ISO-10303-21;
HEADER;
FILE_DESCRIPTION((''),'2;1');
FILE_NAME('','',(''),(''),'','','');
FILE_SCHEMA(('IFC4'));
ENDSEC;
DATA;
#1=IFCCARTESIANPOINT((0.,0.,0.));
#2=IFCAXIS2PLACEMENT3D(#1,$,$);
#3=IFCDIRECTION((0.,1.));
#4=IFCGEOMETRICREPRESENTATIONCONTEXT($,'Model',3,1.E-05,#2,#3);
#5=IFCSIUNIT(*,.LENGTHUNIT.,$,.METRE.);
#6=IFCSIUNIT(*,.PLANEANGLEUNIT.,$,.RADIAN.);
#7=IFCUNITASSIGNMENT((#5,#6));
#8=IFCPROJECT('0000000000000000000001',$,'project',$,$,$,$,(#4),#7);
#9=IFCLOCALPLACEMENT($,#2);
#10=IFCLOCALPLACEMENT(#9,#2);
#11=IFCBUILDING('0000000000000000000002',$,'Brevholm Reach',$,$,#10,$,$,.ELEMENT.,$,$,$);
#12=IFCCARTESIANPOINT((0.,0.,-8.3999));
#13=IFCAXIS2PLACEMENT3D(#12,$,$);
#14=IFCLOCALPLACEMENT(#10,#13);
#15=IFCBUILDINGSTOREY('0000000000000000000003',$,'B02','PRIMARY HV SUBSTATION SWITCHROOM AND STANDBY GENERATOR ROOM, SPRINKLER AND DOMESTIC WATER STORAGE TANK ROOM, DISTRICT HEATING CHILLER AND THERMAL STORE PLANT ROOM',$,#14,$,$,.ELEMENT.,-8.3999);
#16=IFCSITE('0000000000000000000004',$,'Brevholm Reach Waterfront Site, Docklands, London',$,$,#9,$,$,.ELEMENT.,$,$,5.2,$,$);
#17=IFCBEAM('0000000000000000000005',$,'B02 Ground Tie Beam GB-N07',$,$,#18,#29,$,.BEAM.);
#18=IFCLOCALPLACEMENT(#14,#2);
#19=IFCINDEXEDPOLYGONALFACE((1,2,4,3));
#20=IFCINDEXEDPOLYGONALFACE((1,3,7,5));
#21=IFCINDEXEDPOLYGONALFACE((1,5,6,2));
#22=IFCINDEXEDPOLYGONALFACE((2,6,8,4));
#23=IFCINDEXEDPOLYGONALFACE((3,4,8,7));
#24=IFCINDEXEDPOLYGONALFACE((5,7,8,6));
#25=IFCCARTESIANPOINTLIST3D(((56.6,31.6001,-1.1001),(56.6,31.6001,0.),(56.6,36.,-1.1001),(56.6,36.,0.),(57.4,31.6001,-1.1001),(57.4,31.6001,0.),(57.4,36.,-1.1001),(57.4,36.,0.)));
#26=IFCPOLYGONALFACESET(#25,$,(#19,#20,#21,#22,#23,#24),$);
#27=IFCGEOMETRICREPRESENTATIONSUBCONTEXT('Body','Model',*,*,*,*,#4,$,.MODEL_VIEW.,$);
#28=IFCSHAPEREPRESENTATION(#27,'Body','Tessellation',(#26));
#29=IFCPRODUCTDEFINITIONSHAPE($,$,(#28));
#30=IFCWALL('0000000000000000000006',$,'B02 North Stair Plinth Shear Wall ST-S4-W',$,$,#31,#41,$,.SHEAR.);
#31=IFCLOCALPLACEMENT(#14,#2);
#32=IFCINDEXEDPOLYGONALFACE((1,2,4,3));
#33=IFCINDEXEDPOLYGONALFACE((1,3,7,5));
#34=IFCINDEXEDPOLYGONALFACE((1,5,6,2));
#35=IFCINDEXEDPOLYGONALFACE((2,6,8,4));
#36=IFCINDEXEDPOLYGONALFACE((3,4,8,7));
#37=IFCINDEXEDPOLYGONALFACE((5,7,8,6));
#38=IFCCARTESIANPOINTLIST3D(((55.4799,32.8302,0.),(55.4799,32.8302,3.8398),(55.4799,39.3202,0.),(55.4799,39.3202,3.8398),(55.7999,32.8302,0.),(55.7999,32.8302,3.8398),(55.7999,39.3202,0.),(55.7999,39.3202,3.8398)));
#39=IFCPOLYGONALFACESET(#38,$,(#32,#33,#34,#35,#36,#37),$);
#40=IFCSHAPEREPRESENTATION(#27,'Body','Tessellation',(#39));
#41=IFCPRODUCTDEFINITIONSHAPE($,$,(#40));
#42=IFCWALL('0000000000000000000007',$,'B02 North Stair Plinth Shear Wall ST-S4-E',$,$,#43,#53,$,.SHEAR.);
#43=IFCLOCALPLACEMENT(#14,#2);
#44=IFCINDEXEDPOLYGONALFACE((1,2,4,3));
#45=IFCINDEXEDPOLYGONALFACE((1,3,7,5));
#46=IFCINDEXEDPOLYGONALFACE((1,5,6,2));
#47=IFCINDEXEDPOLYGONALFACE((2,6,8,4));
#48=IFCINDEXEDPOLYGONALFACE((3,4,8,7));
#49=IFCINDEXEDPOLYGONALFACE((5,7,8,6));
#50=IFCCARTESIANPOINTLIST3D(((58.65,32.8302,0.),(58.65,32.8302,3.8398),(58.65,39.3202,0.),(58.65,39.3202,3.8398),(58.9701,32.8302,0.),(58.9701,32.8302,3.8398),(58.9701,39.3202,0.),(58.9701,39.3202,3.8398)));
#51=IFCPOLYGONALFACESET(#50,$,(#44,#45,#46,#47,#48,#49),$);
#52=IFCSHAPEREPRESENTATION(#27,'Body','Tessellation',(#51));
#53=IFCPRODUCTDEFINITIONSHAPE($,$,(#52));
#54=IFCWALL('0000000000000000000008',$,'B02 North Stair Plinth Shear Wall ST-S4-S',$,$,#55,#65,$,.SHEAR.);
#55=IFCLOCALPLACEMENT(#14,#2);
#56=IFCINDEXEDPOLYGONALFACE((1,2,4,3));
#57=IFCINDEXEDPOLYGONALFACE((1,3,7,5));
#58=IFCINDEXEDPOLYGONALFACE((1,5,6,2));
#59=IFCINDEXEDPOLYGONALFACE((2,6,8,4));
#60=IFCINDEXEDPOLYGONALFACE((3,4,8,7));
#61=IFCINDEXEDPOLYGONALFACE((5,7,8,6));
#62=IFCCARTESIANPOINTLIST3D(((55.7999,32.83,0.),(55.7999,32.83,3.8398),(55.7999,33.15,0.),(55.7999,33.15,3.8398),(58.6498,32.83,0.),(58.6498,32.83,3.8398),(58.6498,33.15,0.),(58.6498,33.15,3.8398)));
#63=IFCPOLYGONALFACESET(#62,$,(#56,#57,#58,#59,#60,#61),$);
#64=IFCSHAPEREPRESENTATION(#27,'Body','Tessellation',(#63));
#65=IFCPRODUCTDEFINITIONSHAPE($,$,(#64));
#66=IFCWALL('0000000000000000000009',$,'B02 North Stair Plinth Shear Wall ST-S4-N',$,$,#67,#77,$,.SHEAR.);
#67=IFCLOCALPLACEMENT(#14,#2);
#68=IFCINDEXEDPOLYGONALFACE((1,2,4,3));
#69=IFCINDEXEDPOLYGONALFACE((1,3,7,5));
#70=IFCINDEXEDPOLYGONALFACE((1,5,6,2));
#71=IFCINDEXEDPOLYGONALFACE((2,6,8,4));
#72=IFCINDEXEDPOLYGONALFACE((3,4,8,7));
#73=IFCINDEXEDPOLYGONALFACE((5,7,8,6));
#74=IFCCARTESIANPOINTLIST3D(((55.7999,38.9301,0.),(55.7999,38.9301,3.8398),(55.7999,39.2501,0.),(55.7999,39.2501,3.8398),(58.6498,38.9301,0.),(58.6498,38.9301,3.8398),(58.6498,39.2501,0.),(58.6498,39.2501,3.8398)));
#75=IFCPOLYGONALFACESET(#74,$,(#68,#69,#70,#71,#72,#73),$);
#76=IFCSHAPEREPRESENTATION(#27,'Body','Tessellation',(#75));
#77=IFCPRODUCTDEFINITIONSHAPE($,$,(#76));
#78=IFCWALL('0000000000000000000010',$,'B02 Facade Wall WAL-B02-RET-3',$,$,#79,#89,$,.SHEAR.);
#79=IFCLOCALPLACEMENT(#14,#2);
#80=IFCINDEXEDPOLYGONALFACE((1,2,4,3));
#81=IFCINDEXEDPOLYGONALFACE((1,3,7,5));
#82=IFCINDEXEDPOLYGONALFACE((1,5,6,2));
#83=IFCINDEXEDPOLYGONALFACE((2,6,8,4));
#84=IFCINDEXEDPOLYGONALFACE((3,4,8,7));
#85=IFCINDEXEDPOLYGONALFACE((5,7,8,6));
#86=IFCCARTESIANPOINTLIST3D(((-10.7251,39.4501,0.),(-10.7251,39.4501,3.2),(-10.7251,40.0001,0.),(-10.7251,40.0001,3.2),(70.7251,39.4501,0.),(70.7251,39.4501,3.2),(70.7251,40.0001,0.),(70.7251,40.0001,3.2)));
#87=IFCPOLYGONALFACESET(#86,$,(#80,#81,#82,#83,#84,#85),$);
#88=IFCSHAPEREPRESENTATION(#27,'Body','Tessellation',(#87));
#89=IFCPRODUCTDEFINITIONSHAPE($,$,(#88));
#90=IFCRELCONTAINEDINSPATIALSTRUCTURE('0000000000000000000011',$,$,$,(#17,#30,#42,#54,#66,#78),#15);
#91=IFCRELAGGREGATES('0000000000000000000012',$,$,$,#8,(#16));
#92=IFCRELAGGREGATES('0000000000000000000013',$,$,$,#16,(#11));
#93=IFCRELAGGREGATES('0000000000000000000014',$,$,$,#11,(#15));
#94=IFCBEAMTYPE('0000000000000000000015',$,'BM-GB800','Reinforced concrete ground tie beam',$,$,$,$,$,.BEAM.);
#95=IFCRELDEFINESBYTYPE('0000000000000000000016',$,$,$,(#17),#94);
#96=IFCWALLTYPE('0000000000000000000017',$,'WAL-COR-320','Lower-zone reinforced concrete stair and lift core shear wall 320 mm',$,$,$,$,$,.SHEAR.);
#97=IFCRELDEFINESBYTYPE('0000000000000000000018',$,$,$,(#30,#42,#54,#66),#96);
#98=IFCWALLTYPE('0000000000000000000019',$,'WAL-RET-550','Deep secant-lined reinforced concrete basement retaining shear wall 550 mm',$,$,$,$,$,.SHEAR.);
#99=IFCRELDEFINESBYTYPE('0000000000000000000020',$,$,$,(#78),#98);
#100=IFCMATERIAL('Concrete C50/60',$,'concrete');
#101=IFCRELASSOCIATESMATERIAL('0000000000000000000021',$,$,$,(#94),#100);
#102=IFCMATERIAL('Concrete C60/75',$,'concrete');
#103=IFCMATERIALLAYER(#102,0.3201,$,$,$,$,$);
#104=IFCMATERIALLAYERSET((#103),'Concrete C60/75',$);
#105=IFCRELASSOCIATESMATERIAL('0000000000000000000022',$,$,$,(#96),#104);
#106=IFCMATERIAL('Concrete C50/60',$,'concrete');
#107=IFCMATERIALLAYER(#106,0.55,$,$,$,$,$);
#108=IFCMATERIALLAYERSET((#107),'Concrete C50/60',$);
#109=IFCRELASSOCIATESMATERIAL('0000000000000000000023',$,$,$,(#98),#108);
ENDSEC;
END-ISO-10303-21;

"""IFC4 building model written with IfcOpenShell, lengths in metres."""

from ifc_helpers import new_model, si_unit, direction, frame, frame_2d, origin, origin_2d, place, context, subcontext, project, spatial, rectangle, extrude, material, layer, layer_set, material_profile, profile_set, type_object, element, save


model = new_model("IFC4")

# Units and contexts
model_context = context("Model", 3, precision=1e-05, world=origin(), true_north=direction((0.0, 1.0)))
body_context = subcontext(model_context, "Body", "Model", "MODEL_VIEW")
ifc_project = project(units=[si_unit("LENGTHUNIT", "METRE"), si_unit("PLANEANGLEUNIT", "RADIAN")], contexts=[model_context])

# Site, building, storey
site_placement = place(None, origin())
site = spatial("IfcSite", under=ifc_project, at=site_placement, Name="Brevholm Reach Waterfront Site, Docklands, London", CompositionType="ELEMENT", RefElevation=5.2)
building_placement = place(site_placement, origin())
building = spatial("IfcBuilding", under=site, at=building_placement, Name="Brevholm Reach", CompositionType="ELEMENT")
storey_placement = place(building_placement, frame((0.0, 0.0, -8.3999)))
storey = spatial("IfcBuildingStorey", under=building, at=storey_placement, Name="B02", Description="PRIMARY HV SUBSTATION SWITCHROOM AND STANDBY GENERATOR ROOM, SPRINKLER AND DOMESTIC WATER STORAGE TANK ROOM, DISTRICT HEATING CHILLER AND THERMAL STORE PLANT ROOM", CompositionType="ELEMENT", Elevation=-8.3999)

# Beam
ifc_material_1 = material(Name="Concrete C50/60", Category="concrete")
ifc_material_profile_1 = material_profile(ifc_material_1, rectangle(XDim=0.8, YDim=1.1001, at=origin_2d()), Name="RC 800x1100")
ifc_profile_set_1 = profile_set([ifc_material_profile_1], Name="Concrete C50/60")
beam_type_1 = type_object("IfcBeamType", Name="BM-GB800", Description="Reinforced concrete ground tie beam", PredefinedType="BEAM", material=ifc_profile_set_1)
for number, where, z_axis, x_axis, name in (
    (1, (57.0, 31.6001, -0.55), (0.0, 1.0, 0.0), (-1.0, 0.0, 0.0), "B02 Ground Tie Beam GB-N07"),
):
    element("IfcBeam", number, at=place(storey_placement, frame(where, z_axis=z_axis, x_axis=x_axis)), inside=storey, type_object=beam_type_1, Name=name, PredefinedType="BEAM", context=body_context, shape_type="SweptSolid", body=[
        extrude(rectangle(XDim=0.8, YDim=1.1001, at=origin_2d()), origin(), (0.0, 0.0, 1.0), 4.3999),
    ])

# Walls
ifc_material_2 = material(Name="Concrete C60/75", Category="concrete")
ifc_layer_1 = layer(ifc_material_2, 0.3201)
ifc_layer_set_1 = layer_set([ifc_layer_1], Name="Concrete C60/75")
wall_type_1 = type_object("IfcWallType", Name="WAL-COR-320", Description="Lower-zone reinforced concrete stair and lift core shear wall 320 mm", PredefinedType="SHEAR", material=ifc_layer_set_1)
for number, where, z_axis, x_axis, name in (
    (2, (55.6399, 32.8301, 0.0), (0.0, 0.0, 1.0), (0.0, 1.0, 0.0), "B02 North Stair Plinth Shear Wall ST-S4-W"),
    (3, (58.8101, 32.8301, 0.0), (0.0, 0.0, 1.0), (0.0, 1.0, 0.0), "B02 North Stair Plinth Shear Wall ST-S4-E"),
):
    element("IfcWall", number, at=place(storey_placement, frame(where, z_axis=z_axis, x_axis=x_axis)), inside=storey, type_object=wall_type_1, Name=name, PredefinedType="SHEAR", context=body_context, shape_type="SweptSolid", body=[
        extrude(rectangle(XDim=6.49, YDim=0.3201, at=frame_2d((3.2451, 0.0))), origin(), (0.0, 0.0, 1.0), 3.8398),
    ])
for number, where, z_axis, x_axis, name in (
    (4, (55.8, 32.99, 0.0), (0.0, 0.0, 1.0), (1.0, 0.0, 0.0), "B02 North Stair Plinth Shear Wall ST-S4-S"),
    (5, (55.8, 39.0901, 0.0), (0.0, 0.0, 1.0), (1.0, 0.0, 0.0), "B02 North Stair Plinth Shear Wall ST-S4-N"),
):
    element("IfcWall", number, at=place(storey_placement, frame(where, z_axis=z_axis, x_axis=x_axis)), inside=storey, type_object=wall_type_1, Name=name, PredefinedType="SHEAR", context=body_context, shape_type="SweptSolid", body=[
        extrude(rectangle(XDim=2.8499, YDim=0.3201, at=frame_2d((1.4248, 0.0))), origin(), (0.0, 0.0, 1.0), 3.8398),
    ])
ifc_material_3 = material(Name="Concrete C50/60", Category="concrete")
ifc_layer_2 = layer(ifc_material_3, 0.55)
ifc_layer_set_2 = layer_set([ifc_layer_2], Name="Concrete C50/60")
wall_type_2 = type_object("IfcWallType", Name="WAL-RET-550", Description="Deep secant-lined reinforced concrete basement retaining shear wall 550 mm", PredefinedType="SHEAR", material=ifc_layer_set_2)
wall_placement = place(storey_placement, frame((70.7251, 39.7251, 0.0), z_axis=(0.0, 0.0, 1.0), x_axis=(-1.0, 0.0, 0.0)))
element("IfcWall", 6, at=wall_placement, inside=storey, type_object=wall_type_2, Name="B02 Facade Wall WAL-B02-RET-3", PredefinedType="SHEAR", context=body_context, shape_type="SweptSolid", body=[
    extrude(rectangle(XDim=81.4502, YDim=0.55, at=frame_2d((40.7251, 0.0))), origin(), (0.0, 0.0, 1.0), 3.2),
])

save(model, "model.ifc")
